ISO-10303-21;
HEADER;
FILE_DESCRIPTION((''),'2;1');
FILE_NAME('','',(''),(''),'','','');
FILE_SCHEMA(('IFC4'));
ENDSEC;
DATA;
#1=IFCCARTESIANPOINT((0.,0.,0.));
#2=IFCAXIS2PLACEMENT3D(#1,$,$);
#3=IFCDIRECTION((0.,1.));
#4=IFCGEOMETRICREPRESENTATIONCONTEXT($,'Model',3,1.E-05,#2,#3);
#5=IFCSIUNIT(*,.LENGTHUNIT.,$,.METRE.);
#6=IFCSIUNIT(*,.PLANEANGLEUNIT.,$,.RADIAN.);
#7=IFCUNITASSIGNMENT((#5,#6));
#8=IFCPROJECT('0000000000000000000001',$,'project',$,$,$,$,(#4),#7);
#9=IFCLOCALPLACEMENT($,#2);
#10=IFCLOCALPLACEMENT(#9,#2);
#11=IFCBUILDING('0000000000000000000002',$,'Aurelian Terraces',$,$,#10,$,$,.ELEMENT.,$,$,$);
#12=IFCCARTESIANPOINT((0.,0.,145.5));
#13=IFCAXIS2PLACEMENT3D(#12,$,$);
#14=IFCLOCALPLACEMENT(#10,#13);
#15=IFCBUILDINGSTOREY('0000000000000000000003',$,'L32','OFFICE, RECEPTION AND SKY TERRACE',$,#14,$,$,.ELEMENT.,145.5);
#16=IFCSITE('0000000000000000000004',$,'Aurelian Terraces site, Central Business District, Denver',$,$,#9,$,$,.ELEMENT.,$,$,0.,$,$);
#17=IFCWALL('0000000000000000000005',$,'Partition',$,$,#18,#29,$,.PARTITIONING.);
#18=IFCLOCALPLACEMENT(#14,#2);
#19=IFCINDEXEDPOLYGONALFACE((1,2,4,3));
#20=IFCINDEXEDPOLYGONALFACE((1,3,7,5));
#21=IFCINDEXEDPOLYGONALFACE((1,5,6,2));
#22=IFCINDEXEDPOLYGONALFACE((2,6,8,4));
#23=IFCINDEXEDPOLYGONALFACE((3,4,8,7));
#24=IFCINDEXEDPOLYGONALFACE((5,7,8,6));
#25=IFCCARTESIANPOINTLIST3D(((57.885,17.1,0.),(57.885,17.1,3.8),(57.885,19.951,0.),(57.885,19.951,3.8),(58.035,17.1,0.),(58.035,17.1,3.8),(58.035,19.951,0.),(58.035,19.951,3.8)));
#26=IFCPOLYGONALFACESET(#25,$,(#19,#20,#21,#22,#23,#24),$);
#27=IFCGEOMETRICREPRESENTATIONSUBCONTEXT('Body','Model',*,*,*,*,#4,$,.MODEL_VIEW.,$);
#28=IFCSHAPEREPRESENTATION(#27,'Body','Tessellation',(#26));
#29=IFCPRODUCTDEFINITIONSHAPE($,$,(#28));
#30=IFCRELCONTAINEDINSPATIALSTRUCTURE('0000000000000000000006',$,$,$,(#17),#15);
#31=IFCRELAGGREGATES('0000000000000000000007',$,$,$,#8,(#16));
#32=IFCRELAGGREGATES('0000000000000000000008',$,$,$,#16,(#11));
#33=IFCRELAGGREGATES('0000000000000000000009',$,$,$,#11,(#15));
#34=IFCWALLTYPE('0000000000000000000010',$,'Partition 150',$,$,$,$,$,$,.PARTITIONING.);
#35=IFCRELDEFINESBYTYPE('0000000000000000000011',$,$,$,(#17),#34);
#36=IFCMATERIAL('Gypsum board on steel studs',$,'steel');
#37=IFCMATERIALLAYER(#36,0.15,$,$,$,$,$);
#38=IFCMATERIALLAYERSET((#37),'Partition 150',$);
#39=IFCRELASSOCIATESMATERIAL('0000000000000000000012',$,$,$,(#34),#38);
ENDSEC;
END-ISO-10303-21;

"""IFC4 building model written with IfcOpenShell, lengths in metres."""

from ifc_helpers import new_model, si_unit, direction, frame, frame_2d, origin, place, context, subcontext, project, spatial, rectangle, extrude, source, transform, mapped, material, layer, layer_set, type_object, element, save


model = new_model("IFC4")

# Units and contexts
model_context = context("Model", 3, precision=1e-05, world=origin(), true_north=direction((0.0, 1.0)))
body_context = subcontext(model_context, "Body", "Model", "MODEL_VIEW")
ifc_project = project(units=[si_unit("LENGTHUNIT", "METRE"), si_unit("PLANEANGLEUNIT", "RADIAN")], contexts=[model_context])

# Site, building, storey
site_placement = place(None, origin())
site = spatial("IfcSite", under=ifc_project, at=site_placement, Name="Aurelian Terraces site, Central Business District, Denver", CompositionType="ELEMENT", RefElevation=0.0)
building_placement = place(site_placement, origin())
building = spatial("IfcBuilding", under=site, at=building_placement, Name="Aurelian Terraces", CompositionType="ELEMENT")
storey_placement = place(building_placement, frame((0.0, 0.0, 145.5)))
storey = spatial("IfcBuildingStorey", under=building, at=storey_placement, Name="L32", Description="OFFICE, RECEPTION AND SKY TERRACE", CompositionType="ELEMENT", Elevation=145.5)

# Shared definitions
ifc_material_1 = material(Name="Gypsum board on steel studs", Category="steel")
ifc_layer_1 = layer(ifc_material_1, 0.15)
ifc_layer_set_1 = layer_set([ifc_layer_1], Name="Partition 150")
wall_type_1 = type_object("IfcWallType", Name="Partition 150", PredefinedType="PARTITIONING", material=ifc_layer_set_1)

# Wall
shared_shape_1 = source(origin(), body_context, "Body", "SweptSolid", [
    extrude(rectangle(XDim=2.851, YDim=0.15, at=frame_2d((1.4255, 0.0))), origin(), (0.0, 0.0, 1.0), 3.8),
])
wall_1_placement = place(storey_placement, frame((57.96, 17.1, 0.0), z_axis=(0.0, 0.0, 1.0), x_axis=(0.0, 1.0, 0.0)))
element("IfcWall", 1, at=wall_1_placement, inside=storey, type_object=wall_type_1, Name="Partition", PredefinedType="PARTITIONING", context=body_context, shape_type="MappedRepresentation", body=[
    mapped(shared_shape_1, transform((0.0, 0.0, 0.0), scale=1.0)),
])

save(model, "model.ifc")
